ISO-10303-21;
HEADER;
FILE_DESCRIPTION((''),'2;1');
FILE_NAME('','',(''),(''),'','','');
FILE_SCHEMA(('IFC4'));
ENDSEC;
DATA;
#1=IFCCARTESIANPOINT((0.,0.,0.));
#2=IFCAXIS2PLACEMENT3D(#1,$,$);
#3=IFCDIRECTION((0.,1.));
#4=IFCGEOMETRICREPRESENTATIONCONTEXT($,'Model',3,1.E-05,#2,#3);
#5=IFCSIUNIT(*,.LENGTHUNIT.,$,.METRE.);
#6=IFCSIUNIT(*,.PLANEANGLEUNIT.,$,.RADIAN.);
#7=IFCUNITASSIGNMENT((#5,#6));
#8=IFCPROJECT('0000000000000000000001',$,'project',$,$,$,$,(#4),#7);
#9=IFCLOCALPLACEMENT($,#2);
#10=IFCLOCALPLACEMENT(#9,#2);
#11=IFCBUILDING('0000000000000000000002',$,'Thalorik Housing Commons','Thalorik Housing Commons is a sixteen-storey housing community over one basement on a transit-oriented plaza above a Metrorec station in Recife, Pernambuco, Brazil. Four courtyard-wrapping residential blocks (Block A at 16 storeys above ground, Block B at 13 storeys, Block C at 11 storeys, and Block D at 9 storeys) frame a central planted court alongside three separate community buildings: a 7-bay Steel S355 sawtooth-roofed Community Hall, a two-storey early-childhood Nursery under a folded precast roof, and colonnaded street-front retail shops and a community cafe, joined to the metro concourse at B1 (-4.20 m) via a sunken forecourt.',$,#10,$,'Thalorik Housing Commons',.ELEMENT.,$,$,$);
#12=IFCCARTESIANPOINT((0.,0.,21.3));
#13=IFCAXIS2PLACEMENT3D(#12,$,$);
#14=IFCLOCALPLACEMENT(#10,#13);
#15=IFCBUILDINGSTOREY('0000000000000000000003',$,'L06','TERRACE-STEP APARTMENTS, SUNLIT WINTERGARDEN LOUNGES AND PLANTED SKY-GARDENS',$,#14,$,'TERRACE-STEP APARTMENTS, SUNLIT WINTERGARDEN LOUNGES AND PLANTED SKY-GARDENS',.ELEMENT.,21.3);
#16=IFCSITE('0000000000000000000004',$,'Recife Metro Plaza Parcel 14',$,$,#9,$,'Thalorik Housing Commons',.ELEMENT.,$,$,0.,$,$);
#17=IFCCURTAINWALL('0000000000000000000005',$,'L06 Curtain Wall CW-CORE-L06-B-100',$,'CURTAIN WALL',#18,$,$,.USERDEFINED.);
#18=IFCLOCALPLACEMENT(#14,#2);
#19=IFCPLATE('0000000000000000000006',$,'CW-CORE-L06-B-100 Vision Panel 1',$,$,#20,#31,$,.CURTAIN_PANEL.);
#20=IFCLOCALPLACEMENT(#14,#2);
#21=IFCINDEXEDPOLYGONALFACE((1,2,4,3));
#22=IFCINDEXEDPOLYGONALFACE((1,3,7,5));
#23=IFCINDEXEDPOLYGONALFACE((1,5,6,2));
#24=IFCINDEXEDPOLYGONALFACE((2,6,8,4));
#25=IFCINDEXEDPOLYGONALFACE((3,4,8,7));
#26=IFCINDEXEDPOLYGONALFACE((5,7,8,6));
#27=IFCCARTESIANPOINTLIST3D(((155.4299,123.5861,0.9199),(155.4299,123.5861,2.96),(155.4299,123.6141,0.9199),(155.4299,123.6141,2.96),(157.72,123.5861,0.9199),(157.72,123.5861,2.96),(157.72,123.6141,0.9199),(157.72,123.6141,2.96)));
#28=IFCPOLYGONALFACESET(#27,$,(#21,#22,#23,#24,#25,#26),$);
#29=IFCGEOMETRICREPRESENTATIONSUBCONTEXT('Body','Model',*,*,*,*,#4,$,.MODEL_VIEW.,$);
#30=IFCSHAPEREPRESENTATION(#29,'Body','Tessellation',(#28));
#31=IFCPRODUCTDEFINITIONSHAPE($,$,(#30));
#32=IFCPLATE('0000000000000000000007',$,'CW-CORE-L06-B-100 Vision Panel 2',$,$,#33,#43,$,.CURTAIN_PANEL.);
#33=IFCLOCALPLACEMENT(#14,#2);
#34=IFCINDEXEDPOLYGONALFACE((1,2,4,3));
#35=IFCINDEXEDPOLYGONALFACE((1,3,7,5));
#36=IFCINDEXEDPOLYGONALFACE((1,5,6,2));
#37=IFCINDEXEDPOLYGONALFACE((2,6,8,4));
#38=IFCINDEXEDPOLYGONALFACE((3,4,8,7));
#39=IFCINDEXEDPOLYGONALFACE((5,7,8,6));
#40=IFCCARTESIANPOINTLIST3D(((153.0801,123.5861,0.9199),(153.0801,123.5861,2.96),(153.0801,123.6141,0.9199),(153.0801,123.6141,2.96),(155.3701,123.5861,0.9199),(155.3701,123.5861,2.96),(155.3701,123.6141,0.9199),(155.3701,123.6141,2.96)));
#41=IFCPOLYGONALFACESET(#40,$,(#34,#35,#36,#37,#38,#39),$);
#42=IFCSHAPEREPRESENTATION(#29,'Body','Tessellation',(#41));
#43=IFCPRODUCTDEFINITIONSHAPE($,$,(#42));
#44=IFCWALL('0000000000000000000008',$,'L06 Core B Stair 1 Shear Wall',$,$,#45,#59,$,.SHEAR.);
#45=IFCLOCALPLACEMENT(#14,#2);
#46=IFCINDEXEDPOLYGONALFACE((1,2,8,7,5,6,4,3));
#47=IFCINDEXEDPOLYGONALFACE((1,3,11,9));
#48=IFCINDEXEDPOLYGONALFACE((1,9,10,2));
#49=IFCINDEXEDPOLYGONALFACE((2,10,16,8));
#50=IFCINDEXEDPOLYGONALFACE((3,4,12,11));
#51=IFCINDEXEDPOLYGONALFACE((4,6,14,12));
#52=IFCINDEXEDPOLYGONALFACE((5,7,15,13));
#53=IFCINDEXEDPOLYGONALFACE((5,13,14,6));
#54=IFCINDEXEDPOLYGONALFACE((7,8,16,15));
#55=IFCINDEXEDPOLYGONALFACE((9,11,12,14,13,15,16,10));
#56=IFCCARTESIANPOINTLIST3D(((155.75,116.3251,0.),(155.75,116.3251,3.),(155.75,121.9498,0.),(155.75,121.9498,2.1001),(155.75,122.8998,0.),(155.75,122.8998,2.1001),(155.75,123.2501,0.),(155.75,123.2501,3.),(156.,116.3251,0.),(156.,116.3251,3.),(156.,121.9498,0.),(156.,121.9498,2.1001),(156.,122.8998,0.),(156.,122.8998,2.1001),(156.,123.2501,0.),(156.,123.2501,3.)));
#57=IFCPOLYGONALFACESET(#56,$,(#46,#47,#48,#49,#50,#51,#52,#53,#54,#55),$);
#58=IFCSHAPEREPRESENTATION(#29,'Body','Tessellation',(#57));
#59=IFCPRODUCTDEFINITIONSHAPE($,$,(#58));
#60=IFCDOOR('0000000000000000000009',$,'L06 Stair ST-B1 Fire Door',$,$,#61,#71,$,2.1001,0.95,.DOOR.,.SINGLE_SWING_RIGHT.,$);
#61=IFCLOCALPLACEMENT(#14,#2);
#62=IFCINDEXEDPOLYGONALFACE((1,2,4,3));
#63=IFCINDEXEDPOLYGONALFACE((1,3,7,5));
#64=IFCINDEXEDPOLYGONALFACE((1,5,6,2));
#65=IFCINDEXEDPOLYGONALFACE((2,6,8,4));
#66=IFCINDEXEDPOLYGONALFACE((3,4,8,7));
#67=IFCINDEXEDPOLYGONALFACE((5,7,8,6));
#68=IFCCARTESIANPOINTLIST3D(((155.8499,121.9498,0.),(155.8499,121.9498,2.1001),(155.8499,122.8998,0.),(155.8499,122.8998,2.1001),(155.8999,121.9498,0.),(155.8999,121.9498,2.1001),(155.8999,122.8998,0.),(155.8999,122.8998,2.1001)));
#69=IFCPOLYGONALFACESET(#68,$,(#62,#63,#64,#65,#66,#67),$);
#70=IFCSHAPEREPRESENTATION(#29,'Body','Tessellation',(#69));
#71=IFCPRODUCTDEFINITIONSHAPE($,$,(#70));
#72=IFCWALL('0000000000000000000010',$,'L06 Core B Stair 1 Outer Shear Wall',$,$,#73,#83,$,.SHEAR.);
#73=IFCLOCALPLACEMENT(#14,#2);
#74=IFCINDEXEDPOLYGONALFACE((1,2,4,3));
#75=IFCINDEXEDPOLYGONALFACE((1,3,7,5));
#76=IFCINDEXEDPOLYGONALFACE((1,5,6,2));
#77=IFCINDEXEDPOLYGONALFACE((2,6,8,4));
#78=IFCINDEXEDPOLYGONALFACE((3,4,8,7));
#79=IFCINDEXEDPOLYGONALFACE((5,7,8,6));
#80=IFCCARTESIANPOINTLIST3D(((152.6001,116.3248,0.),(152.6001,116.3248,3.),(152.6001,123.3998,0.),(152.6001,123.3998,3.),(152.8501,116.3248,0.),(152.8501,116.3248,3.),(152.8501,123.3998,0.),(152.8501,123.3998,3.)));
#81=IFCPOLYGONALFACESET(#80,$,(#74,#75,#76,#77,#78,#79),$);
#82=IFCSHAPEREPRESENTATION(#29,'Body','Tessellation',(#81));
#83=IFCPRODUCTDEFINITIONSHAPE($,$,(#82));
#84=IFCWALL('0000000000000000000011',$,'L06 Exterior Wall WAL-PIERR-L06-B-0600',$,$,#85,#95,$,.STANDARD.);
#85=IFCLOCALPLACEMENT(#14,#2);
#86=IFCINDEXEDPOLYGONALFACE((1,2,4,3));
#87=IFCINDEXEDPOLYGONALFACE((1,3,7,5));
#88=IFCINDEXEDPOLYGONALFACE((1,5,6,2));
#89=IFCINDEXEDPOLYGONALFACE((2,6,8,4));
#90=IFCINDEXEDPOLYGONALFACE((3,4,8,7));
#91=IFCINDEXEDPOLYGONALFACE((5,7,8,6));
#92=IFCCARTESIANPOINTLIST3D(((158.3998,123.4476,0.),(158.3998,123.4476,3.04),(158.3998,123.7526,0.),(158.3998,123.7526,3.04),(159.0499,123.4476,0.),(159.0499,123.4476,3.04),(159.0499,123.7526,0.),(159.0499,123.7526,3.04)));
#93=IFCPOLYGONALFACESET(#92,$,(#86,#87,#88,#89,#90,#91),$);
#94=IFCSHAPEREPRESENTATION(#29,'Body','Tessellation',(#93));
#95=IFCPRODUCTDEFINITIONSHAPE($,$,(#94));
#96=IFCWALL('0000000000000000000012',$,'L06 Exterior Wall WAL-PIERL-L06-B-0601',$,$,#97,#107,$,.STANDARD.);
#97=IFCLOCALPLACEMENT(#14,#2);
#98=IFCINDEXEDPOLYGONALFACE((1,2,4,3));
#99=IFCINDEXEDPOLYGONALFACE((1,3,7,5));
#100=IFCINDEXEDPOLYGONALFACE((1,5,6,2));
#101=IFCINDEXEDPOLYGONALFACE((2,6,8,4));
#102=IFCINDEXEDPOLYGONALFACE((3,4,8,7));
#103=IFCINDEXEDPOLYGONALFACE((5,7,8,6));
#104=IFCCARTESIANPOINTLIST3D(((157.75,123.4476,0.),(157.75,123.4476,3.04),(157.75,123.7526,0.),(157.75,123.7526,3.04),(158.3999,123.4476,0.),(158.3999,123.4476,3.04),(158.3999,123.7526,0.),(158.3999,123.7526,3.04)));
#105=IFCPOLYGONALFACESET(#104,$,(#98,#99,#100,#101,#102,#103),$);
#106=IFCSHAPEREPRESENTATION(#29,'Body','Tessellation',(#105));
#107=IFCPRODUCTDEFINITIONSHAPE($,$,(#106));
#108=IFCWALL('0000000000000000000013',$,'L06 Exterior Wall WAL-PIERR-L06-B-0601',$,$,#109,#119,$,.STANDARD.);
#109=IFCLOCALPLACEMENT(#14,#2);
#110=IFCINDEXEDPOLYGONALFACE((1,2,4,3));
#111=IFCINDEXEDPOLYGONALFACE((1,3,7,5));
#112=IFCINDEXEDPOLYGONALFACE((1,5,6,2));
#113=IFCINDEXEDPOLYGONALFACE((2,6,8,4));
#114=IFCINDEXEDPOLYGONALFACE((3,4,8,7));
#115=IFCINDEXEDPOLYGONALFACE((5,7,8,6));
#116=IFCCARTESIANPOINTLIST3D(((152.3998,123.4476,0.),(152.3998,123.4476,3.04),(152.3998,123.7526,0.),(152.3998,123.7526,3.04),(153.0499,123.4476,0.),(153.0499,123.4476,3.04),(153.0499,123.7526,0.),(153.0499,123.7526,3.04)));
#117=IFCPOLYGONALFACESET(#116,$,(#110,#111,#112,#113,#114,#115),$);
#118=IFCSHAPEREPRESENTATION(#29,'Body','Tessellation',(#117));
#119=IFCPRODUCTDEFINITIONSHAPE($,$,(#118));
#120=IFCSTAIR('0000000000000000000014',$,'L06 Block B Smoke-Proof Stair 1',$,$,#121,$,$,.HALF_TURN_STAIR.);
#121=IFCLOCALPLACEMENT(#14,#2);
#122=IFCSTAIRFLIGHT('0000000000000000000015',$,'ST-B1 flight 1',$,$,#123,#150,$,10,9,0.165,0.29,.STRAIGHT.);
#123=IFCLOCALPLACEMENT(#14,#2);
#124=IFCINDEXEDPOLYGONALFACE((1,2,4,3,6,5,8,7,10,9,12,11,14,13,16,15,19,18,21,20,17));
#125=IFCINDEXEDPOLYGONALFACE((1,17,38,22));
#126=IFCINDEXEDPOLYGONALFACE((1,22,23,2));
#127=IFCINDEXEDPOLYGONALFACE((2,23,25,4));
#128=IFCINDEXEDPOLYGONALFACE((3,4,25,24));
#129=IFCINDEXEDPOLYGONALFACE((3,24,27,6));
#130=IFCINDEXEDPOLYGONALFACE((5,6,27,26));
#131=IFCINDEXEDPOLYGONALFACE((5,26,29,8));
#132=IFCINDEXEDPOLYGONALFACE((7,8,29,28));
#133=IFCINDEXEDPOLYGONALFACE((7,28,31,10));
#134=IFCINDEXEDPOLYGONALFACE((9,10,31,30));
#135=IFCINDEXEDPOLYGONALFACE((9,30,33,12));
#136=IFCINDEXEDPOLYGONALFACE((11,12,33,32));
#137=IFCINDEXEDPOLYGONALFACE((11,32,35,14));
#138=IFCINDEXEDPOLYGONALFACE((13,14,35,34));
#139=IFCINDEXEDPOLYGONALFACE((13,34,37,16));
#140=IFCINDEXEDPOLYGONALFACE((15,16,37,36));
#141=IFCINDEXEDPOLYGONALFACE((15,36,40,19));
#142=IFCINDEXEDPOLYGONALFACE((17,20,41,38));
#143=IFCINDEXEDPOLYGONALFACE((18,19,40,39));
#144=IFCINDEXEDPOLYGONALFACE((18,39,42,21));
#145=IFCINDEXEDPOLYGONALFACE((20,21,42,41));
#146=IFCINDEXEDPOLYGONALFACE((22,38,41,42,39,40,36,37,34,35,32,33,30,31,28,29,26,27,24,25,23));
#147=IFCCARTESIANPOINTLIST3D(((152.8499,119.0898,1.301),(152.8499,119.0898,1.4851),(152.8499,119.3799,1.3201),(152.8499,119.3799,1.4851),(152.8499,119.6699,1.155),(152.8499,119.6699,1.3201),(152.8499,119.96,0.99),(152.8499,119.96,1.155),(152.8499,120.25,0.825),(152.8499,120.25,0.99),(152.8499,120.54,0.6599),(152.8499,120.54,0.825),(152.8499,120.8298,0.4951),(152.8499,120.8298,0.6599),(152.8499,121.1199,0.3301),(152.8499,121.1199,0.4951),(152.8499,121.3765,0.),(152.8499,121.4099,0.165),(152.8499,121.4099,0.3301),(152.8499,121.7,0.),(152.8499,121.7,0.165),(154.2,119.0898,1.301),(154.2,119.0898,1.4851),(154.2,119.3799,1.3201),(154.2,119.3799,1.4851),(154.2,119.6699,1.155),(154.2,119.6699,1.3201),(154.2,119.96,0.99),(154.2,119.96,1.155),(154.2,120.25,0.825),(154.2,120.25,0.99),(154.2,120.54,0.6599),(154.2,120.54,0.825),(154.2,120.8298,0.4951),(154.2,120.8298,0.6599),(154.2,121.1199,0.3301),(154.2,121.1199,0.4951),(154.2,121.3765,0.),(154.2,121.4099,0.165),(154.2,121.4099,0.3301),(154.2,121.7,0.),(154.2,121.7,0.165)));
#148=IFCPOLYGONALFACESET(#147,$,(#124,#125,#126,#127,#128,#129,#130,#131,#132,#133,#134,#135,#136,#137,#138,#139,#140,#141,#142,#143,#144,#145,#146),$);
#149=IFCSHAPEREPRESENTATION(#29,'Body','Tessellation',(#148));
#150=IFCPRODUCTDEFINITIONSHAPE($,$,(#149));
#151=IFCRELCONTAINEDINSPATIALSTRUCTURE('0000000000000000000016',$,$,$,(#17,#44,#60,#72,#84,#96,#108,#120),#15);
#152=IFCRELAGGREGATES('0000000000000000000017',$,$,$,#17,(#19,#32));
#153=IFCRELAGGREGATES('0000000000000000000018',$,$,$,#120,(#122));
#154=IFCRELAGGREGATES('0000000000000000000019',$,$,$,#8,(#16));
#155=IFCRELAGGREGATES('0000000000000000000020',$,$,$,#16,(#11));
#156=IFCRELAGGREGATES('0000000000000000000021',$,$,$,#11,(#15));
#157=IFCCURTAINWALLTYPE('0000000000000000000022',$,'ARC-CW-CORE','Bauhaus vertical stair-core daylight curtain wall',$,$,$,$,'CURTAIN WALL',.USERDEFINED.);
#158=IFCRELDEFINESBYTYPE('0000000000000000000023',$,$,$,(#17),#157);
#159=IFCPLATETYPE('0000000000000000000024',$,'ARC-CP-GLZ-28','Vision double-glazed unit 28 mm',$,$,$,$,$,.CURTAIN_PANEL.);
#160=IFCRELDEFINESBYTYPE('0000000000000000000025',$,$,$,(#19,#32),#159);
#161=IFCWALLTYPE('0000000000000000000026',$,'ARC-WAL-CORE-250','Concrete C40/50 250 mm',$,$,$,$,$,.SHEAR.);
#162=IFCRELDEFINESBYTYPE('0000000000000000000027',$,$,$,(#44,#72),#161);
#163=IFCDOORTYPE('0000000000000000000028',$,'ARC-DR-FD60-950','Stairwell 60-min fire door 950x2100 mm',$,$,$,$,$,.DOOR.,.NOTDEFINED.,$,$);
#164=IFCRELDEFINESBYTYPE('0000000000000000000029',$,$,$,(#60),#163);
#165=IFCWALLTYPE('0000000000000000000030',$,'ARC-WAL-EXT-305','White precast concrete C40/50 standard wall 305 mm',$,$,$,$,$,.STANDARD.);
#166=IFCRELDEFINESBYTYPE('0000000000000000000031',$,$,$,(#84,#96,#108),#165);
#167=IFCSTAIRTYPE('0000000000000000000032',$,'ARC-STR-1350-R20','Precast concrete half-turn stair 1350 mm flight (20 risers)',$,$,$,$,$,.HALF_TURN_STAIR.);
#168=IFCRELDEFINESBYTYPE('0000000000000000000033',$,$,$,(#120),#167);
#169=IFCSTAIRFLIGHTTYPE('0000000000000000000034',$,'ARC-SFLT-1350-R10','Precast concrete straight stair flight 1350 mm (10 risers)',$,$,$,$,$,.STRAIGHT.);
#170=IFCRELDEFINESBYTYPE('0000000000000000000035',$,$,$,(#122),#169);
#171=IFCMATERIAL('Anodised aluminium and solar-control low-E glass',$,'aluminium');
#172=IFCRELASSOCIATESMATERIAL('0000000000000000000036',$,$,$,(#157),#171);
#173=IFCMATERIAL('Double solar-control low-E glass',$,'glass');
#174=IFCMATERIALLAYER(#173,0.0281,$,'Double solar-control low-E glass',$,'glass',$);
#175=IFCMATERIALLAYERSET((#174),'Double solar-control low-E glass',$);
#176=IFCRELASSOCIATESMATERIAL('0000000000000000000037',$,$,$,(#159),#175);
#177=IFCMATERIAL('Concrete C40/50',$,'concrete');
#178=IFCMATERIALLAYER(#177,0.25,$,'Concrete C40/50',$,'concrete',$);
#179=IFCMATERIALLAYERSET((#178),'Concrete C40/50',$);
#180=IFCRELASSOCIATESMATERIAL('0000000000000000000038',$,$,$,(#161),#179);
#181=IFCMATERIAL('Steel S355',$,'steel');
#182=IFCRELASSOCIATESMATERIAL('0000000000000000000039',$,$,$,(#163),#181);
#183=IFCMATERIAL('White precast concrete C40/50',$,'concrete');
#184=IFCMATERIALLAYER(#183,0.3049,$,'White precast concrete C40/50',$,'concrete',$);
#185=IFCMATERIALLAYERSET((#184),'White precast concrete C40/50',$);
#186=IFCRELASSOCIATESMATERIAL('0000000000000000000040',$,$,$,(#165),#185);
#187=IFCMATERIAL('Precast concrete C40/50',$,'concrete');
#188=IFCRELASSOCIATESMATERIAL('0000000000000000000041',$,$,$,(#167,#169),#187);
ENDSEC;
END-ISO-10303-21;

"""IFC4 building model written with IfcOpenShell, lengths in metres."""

from ifc_helpers import new_model, si_unit, direction, frame, frame_2d, origin, origin_2d, place, context, subcontext, project, spatial, polyline, rectangle, outline, extrude, material, layer, layer_set, type_object, element, fill, aggregate, save


model = new_model("IFC4")

# Units and contexts
model_context = context("Model", 3, precision=1e-05, world=origin(), true_north=direction((0.0, 1.0)))
body_context = subcontext(model_context, "Body", "Model", "MODEL_VIEW")
ifc_project = project(units=[si_unit("LENGTHUNIT", "METRE"), si_unit("PLANEANGLEUNIT", "RADIAN")], contexts=[model_context])

# Site, building, storey
site_placement = place(None, origin())
site = spatial("IfcSite", under=ifc_project, at=site_placement, Name="Recife Metro Plaza Parcel 14", LongName="Thalorik Housing Commons", CompositionType="ELEMENT", RefElevation=0.0)
building_placement = place(site_placement, origin())
building = spatial("IfcBuilding", under=site, at=building_placement, Name="Thalorik Housing Commons", Description="Thalorik Housing Commons is a sixteen-storey housing community over one basement on a transit-oriented plaza above a Metrorec station in Recife, Pernambuco, Brazil. Four courtyard-wrapping residential blocks (Block A at 16 storeys above ground, Block B at 13 storeys, Block C at 11 storeys, and Block D at 9 storeys) frame a central planted court alongside three separate community buildings: a 7-bay Steel S355 sawtooth-roofed Community Hall, a two-storey early-childhood Nursery under a folded precast roof, and colonnaded street-front retail shops and a community cafe, joined to the metro concourse at B1 (-4.20 m) via a sunken forecourt.", LongName="Thalorik Housing Commons", CompositionType="ELEMENT")
storey_placement = place(building_placement, frame((0.0, 0.0, 21.3)))
storey = spatial("IfcBuildingStorey", under=building, at=storey_placement, Name="L06", Description="TERRACE-STEP APARTMENTS, SUNLIT WINTERGARDEN LOUNGES AND PLANTED SKY-GARDENS", LongName="TERRACE-STEP APARTMENTS, SUNLIT WINTERGARDEN LOUNGES AND PLANTED SKY-GARDENS", CompositionType="ELEMENT", Elevation=21.3)

# Shared definitions
ifc_material_1 = material(Name="Precast concrete C40/50", Category="concrete")

# Curtain wall
ifc_material_2 = material(Name="Anodised aluminium and solar-control low-E glass", Category="aluminium")
curtain_wall_type = type_object("IfcCurtainWallType", Name="ARC-CW-CORE", Description="Bauhaus vertical stair-core daylight curtain wall", ElementType="CURTAIN WALL", PredefinedType="USERDEFINED", material=ifc_material_2)
curtain_wall_1_placement = place(storey_placement, origin())
curtain_wall_1 = element("IfcCurtainWall", 1, at=curtain_wall_1_placement, inside=storey, type_object=curtain_wall_type, Name="L06 Curtain Wall CW-CORE-L06-B-100", ObjectType="CURTAIN WALL", PredefinedType="USERDEFINED")

# Plates
ifc_material_3 = material(Name="Double solar-control low-E glass", Category="glass")
ifc_layer_1 = layer(ifc_material_3, 0.0281, Name="Double solar-control low-E glass", Category="glass")
ifc_layer_set_1 = layer_set([ifc_layer_1], Name="Double solar-control low-E glass")
plate_type_1 = type_object("IfcPlateType", Name="ARC-CP-GLZ-28", Description="Vision double-glazed unit 28 mm", PredefinedType="CURTAIN_PANEL", material=ifc_layer_set_1)
plate_1_placement = place(storey_placement, frame((156.575, 123.6001, 0.9199), z_axis=(0.0, 0.0, 1.0), x_axis=(-1.0, 0.0, 0.0)))
plate_1 = element("IfcPlate", 2, at=plate_1_placement, type_object=plate_type_1, Name="CW-CORE-L06-B-100 Vision Panel 1", PredefinedType="CURTAIN_PANEL", context=body_context, shape_type="SweptSolid", body=[
    extrude(rectangle(XDim=2.29, YDim=0.0281, at=origin_2d()), origin(), (0.0, 0.0, 1.0), 2.04),
])
plate_2_placement = place(storey_placement, frame((154.2251, 123.6001, 0.9199), z_axis=(0.0, 0.0, 1.0), x_axis=(-1.0, 0.0, 0.0)))
plate_2 = element("IfcPlate", 3, at=plate_2_placement, type_object=plate_type_1, Name="CW-CORE-L06-B-100 Vision Panel 2", PredefinedType="CURTAIN_PANEL", context=body_context, shape_type="SweptSolid", body=[
    extrude(rectangle(XDim=2.29, YDim=0.0281, at=origin_2d()), origin(), (0.0, 0.0, 1.0), 2.04),
])
aggregate(curtain_wall_1, [plate_1, plate_2])

# Wall, opening, door
ifc_material_4 = material(Name="Concrete C40/50", Category="concrete")
ifc_layer_2 = layer(ifc_material_4, 0.25, Name="Concrete C40/50", Category="concrete")
ifc_layer_set_2 = layer_set([ifc_layer_2], Name="Concrete C40/50")
wall_type_1 = type_object("IfcWallType", Name="ARC-WAL-CORE-250", Description="Concrete C40/50 250 mm", PredefinedType="SHEAR", material=ifc_layer_set_2)
wall_1_placement = place(storey_placement, frame((155.875, 123.25, 0.0), z_axis=(0.0, 0.0, 1.0), x_axis=(0.0, -1.0, 0.0)))
wall_1 = element("IfcWall", 4, at=wall_1_placement, inside=storey, type_object=wall_type_1, Name="L06 Core B Stair 1 Shear Wall", PredefinedType="SHEAR", context=body_context, shape_type="SweptSolid", body=[
    extrude(rectangle(XDim=6.925, YDim=0.25, at=frame_2d((3.4624, 0.0))), origin(), (0.0, 0.0, 1.0), 3.0),
])
opening_1_placement = place(wall_1_placement, frame((0.3501, 0.0, 0.0)))
opening_1 = element("IfcOpeningElement", 5, at=opening_1_placement, cuts=wall_1, PredefinedType="OPENING", context=body_context, shape_type="SweptSolid", body=[
    extrude(rectangle(XDim=0.95, YDim=2.1001, at=frame_2d((0.4751, 1.05))), frame((0.0, 0.135, 0.0), z_axis=(0.0, -1.0, 0.0), x_axis=(1.0, 0.0, 0.0)), (0.0, 0.0, 1.0), 0.27),
])
ifc_material_5 = material(Name="Steel S355", Category="steel")
door_type_1 = type_object("IfcDoorType", Name="ARC-DR-FD60-950", Description="Stairwell 60-min fire door 950x2100 mm", OperationType="NOTDEFINED", PredefinedType="DOOR", material=ifc_material_5)
door_1_placement = place(opening_1_placement, origin())
door_1 = element("IfcDoor", 6, at=door_1_placement, inside=storey, type_object=door_type_1, Name="L06 Stair ST-B1 Fire Door", OperationType="SINGLE_SWING_RIGHT", OverallHeight=2.1001, OverallWidth=0.95, PredefinedType="DOOR", context=body_context, shape_type="SweptSolid", body=[
    extrude(rectangle(XDim=0.95, YDim=2.1001, at=frame_2d((0.4751, 1.05))), frame((0.0, 0.0249, 0.0), z_axis=(0.0, -1.0, 0.0), x_axis=(1.0, 0.0, 0.0)), (0.0, 0.0, 1.0), 0.05),
])
fill(opening_1, door_1)

# Walls
wall_2_placement = place(storey_placement, frame((152.7251, 123.3999, 0.0), z_axis=(0.0, 0.0, 1.0), x_axis=(0.0, -1.0, 0.0)))
element("IfcWall", 7, at=wall_2_placement, inside=storey, type_object=wall_type_1, Name="L06 Core B Stair 1 Outer Shear Wall", PredefinedType="SHEAR", context=body_context, shape_type="SweptSolid", body=[
    extrude(rectangle(XDim=7.075, YDim=0.25, at=frame_2d((3.5376, 0.0))), origin(), (0.0, 0.0, 1.0), 3.0),
])
ifc_material_6 = material(Name="White precast concrete C40/50", Category="concrete")
ifc_layer_3 = layer(ifc_material_6, 0.3049, Name="White precast concrete C40/50", Category="concrete")
ifc_layer_set_3 = layer_set([ifc_layer_3], Name="White precast concrete C40/50")
wall_type_2 = type_object("IfcWallType", Name="ARC-WAL-EXT-305", Description="White precast concrete C40/50 standard wall 305 mm", PredefinedType="STANDARD", material=ifc_layer_set_3)
wall_3_placement = place(storey_placement, frame((159.05, 123.6001, 0.0), z_axis=(0.0, 0.0, 1.0), x_axis=(-1.0, 0.0, 0.0)))
element("IfcWall", 8, at=wall_3_placement, inside=storey, type_object=wall_type_2, Name="L06 Exterior Wall WAL-PIERR-L06-B-0600", PredefinedType="STANDARD", context=body_context, shape_type="SweptSolid", body=[
    extrude(rectangle(XDim=0.6501, YDim=0.3049, at=frame_2d((0.3252, 0.0))), origin(), (0.0, 0.0, 1.0), 3.04),
])
wall_4_placement = place(storey_placement, frame((158.3999, 123.6001, 0.0), z_axis=(0.0, 0.0, 1.0), x_axis=(-1.0, 0.0, 0.0)))
element("IfcWall", 9, at=wall_4_placement, inside=storey, type_object=wall_type_2, Name="L06 Exterior Wall WAL-PIERL-L06-B-0601", PredefinedType="STANDARD", context=body_context, shape_type="SweptSolid", body=[
    extrude(rectangle(XDim=0.6499, YDim=0.3049, at=frame_2d((0.325, 0.0))), origin(), (0.0, 0.0, 1.0), 3.04),
])
wall_5_placement = place(storey_placement, frame((153.05, 123.6001, 0.0), z_axis=(0.0, 0.0, 1.0), x_axis=(-1.0, 0.0, 0.0)))
element("IfcWall", 10, at=wall_5_placement, inside=storey, type_object=wall_type_2, Name="L06 Exterior Wall WAL-PIERR-L06-B-0601", PredefinedType="STANDARD", context=body_context, shape_type="SweptSolid", body=[
    extrude(rectangle(XDim=0.6501, YDim=0.3049, at=frame_2d((0.3252, 0.0))), origin(), (0.0, 0.0, 1.0), 3.04),
])

# Stair, stair flight
stair_type = type_object("IfcStairType", Name="ARC-STR-1350-R20", Description="Precast concrete half-turn stair 1350 mm flight (20 risers)", PredefinedType="HALF_TURN_STAIR", material=ifc_material_1)
stair_placement = place(storey_placement, origin())
stair = element("IfcStair", 11, at=stair_placement, inside=storey, type_object=stair_type, Name="L06 Block B Smoke-Proof Stair 1", PredefinedType="HALF_TURN_STAIR")
stair_flight_type = type_object("IfcStairFlightType", Name="ARC-SFLT-1350-R10", Description="Precast concrete straight stair flight 1350 mm (10 risers)", PredefinedType="STRAIGHT", material=ifc_material_1)
stair_flight_placement = place(storey_placement, frame((153.5249, 121.7, 0.0), z_axis=(0.0, 0.0, 1.0), x_axis=(0.0, -1.0, 0.0)))
stair_flight = element("IfcStairFlight", 12, at=stair_flight_placement, type_object=stair_flight_type, Name="ST-B1 flight 1", NumberOfRisers=10, NumberOfTreads=9, PredefinedType="STRAIGHT", RiserHeight=0.165, TreadLength=0.29, context=body_context, shape_type="SweptSolid", body=[
    extrude(outline(polyline([(0.0, 0.0), (0.0, 0.165), (0.29, 0.165), (0.29, 0.3301), (0.5801, 0.3301), (0.5801, 0.4951), (0.8701, 0.4951), (0.8701, 0.6599), (1.1599, 0.6599), (1.1599, 0.825), (1.45, 0.825), (1.45, 0.99), (1.74, 0.99), (1.74, 1.155), (2.03, 1.155), (2.03, 1.3201), (2.3201, 1.3201), (2.3201, 1.4851), (2.6101, 1.4851), (2.6101, 1.6499), (2.6101, 1.301), (0.3235, 0.0), (0.0, 0.0)])), frame((0.0, 0.675, 0.0), z_axis=(0.0, -1.0, 0.0), x_axis=(1.0, 0.0, 0.0)), (0.0, 0.0, 1.0), 1.3501),
])
aggregate(stair, [stair_flight])

save(model, "model.ifc")
